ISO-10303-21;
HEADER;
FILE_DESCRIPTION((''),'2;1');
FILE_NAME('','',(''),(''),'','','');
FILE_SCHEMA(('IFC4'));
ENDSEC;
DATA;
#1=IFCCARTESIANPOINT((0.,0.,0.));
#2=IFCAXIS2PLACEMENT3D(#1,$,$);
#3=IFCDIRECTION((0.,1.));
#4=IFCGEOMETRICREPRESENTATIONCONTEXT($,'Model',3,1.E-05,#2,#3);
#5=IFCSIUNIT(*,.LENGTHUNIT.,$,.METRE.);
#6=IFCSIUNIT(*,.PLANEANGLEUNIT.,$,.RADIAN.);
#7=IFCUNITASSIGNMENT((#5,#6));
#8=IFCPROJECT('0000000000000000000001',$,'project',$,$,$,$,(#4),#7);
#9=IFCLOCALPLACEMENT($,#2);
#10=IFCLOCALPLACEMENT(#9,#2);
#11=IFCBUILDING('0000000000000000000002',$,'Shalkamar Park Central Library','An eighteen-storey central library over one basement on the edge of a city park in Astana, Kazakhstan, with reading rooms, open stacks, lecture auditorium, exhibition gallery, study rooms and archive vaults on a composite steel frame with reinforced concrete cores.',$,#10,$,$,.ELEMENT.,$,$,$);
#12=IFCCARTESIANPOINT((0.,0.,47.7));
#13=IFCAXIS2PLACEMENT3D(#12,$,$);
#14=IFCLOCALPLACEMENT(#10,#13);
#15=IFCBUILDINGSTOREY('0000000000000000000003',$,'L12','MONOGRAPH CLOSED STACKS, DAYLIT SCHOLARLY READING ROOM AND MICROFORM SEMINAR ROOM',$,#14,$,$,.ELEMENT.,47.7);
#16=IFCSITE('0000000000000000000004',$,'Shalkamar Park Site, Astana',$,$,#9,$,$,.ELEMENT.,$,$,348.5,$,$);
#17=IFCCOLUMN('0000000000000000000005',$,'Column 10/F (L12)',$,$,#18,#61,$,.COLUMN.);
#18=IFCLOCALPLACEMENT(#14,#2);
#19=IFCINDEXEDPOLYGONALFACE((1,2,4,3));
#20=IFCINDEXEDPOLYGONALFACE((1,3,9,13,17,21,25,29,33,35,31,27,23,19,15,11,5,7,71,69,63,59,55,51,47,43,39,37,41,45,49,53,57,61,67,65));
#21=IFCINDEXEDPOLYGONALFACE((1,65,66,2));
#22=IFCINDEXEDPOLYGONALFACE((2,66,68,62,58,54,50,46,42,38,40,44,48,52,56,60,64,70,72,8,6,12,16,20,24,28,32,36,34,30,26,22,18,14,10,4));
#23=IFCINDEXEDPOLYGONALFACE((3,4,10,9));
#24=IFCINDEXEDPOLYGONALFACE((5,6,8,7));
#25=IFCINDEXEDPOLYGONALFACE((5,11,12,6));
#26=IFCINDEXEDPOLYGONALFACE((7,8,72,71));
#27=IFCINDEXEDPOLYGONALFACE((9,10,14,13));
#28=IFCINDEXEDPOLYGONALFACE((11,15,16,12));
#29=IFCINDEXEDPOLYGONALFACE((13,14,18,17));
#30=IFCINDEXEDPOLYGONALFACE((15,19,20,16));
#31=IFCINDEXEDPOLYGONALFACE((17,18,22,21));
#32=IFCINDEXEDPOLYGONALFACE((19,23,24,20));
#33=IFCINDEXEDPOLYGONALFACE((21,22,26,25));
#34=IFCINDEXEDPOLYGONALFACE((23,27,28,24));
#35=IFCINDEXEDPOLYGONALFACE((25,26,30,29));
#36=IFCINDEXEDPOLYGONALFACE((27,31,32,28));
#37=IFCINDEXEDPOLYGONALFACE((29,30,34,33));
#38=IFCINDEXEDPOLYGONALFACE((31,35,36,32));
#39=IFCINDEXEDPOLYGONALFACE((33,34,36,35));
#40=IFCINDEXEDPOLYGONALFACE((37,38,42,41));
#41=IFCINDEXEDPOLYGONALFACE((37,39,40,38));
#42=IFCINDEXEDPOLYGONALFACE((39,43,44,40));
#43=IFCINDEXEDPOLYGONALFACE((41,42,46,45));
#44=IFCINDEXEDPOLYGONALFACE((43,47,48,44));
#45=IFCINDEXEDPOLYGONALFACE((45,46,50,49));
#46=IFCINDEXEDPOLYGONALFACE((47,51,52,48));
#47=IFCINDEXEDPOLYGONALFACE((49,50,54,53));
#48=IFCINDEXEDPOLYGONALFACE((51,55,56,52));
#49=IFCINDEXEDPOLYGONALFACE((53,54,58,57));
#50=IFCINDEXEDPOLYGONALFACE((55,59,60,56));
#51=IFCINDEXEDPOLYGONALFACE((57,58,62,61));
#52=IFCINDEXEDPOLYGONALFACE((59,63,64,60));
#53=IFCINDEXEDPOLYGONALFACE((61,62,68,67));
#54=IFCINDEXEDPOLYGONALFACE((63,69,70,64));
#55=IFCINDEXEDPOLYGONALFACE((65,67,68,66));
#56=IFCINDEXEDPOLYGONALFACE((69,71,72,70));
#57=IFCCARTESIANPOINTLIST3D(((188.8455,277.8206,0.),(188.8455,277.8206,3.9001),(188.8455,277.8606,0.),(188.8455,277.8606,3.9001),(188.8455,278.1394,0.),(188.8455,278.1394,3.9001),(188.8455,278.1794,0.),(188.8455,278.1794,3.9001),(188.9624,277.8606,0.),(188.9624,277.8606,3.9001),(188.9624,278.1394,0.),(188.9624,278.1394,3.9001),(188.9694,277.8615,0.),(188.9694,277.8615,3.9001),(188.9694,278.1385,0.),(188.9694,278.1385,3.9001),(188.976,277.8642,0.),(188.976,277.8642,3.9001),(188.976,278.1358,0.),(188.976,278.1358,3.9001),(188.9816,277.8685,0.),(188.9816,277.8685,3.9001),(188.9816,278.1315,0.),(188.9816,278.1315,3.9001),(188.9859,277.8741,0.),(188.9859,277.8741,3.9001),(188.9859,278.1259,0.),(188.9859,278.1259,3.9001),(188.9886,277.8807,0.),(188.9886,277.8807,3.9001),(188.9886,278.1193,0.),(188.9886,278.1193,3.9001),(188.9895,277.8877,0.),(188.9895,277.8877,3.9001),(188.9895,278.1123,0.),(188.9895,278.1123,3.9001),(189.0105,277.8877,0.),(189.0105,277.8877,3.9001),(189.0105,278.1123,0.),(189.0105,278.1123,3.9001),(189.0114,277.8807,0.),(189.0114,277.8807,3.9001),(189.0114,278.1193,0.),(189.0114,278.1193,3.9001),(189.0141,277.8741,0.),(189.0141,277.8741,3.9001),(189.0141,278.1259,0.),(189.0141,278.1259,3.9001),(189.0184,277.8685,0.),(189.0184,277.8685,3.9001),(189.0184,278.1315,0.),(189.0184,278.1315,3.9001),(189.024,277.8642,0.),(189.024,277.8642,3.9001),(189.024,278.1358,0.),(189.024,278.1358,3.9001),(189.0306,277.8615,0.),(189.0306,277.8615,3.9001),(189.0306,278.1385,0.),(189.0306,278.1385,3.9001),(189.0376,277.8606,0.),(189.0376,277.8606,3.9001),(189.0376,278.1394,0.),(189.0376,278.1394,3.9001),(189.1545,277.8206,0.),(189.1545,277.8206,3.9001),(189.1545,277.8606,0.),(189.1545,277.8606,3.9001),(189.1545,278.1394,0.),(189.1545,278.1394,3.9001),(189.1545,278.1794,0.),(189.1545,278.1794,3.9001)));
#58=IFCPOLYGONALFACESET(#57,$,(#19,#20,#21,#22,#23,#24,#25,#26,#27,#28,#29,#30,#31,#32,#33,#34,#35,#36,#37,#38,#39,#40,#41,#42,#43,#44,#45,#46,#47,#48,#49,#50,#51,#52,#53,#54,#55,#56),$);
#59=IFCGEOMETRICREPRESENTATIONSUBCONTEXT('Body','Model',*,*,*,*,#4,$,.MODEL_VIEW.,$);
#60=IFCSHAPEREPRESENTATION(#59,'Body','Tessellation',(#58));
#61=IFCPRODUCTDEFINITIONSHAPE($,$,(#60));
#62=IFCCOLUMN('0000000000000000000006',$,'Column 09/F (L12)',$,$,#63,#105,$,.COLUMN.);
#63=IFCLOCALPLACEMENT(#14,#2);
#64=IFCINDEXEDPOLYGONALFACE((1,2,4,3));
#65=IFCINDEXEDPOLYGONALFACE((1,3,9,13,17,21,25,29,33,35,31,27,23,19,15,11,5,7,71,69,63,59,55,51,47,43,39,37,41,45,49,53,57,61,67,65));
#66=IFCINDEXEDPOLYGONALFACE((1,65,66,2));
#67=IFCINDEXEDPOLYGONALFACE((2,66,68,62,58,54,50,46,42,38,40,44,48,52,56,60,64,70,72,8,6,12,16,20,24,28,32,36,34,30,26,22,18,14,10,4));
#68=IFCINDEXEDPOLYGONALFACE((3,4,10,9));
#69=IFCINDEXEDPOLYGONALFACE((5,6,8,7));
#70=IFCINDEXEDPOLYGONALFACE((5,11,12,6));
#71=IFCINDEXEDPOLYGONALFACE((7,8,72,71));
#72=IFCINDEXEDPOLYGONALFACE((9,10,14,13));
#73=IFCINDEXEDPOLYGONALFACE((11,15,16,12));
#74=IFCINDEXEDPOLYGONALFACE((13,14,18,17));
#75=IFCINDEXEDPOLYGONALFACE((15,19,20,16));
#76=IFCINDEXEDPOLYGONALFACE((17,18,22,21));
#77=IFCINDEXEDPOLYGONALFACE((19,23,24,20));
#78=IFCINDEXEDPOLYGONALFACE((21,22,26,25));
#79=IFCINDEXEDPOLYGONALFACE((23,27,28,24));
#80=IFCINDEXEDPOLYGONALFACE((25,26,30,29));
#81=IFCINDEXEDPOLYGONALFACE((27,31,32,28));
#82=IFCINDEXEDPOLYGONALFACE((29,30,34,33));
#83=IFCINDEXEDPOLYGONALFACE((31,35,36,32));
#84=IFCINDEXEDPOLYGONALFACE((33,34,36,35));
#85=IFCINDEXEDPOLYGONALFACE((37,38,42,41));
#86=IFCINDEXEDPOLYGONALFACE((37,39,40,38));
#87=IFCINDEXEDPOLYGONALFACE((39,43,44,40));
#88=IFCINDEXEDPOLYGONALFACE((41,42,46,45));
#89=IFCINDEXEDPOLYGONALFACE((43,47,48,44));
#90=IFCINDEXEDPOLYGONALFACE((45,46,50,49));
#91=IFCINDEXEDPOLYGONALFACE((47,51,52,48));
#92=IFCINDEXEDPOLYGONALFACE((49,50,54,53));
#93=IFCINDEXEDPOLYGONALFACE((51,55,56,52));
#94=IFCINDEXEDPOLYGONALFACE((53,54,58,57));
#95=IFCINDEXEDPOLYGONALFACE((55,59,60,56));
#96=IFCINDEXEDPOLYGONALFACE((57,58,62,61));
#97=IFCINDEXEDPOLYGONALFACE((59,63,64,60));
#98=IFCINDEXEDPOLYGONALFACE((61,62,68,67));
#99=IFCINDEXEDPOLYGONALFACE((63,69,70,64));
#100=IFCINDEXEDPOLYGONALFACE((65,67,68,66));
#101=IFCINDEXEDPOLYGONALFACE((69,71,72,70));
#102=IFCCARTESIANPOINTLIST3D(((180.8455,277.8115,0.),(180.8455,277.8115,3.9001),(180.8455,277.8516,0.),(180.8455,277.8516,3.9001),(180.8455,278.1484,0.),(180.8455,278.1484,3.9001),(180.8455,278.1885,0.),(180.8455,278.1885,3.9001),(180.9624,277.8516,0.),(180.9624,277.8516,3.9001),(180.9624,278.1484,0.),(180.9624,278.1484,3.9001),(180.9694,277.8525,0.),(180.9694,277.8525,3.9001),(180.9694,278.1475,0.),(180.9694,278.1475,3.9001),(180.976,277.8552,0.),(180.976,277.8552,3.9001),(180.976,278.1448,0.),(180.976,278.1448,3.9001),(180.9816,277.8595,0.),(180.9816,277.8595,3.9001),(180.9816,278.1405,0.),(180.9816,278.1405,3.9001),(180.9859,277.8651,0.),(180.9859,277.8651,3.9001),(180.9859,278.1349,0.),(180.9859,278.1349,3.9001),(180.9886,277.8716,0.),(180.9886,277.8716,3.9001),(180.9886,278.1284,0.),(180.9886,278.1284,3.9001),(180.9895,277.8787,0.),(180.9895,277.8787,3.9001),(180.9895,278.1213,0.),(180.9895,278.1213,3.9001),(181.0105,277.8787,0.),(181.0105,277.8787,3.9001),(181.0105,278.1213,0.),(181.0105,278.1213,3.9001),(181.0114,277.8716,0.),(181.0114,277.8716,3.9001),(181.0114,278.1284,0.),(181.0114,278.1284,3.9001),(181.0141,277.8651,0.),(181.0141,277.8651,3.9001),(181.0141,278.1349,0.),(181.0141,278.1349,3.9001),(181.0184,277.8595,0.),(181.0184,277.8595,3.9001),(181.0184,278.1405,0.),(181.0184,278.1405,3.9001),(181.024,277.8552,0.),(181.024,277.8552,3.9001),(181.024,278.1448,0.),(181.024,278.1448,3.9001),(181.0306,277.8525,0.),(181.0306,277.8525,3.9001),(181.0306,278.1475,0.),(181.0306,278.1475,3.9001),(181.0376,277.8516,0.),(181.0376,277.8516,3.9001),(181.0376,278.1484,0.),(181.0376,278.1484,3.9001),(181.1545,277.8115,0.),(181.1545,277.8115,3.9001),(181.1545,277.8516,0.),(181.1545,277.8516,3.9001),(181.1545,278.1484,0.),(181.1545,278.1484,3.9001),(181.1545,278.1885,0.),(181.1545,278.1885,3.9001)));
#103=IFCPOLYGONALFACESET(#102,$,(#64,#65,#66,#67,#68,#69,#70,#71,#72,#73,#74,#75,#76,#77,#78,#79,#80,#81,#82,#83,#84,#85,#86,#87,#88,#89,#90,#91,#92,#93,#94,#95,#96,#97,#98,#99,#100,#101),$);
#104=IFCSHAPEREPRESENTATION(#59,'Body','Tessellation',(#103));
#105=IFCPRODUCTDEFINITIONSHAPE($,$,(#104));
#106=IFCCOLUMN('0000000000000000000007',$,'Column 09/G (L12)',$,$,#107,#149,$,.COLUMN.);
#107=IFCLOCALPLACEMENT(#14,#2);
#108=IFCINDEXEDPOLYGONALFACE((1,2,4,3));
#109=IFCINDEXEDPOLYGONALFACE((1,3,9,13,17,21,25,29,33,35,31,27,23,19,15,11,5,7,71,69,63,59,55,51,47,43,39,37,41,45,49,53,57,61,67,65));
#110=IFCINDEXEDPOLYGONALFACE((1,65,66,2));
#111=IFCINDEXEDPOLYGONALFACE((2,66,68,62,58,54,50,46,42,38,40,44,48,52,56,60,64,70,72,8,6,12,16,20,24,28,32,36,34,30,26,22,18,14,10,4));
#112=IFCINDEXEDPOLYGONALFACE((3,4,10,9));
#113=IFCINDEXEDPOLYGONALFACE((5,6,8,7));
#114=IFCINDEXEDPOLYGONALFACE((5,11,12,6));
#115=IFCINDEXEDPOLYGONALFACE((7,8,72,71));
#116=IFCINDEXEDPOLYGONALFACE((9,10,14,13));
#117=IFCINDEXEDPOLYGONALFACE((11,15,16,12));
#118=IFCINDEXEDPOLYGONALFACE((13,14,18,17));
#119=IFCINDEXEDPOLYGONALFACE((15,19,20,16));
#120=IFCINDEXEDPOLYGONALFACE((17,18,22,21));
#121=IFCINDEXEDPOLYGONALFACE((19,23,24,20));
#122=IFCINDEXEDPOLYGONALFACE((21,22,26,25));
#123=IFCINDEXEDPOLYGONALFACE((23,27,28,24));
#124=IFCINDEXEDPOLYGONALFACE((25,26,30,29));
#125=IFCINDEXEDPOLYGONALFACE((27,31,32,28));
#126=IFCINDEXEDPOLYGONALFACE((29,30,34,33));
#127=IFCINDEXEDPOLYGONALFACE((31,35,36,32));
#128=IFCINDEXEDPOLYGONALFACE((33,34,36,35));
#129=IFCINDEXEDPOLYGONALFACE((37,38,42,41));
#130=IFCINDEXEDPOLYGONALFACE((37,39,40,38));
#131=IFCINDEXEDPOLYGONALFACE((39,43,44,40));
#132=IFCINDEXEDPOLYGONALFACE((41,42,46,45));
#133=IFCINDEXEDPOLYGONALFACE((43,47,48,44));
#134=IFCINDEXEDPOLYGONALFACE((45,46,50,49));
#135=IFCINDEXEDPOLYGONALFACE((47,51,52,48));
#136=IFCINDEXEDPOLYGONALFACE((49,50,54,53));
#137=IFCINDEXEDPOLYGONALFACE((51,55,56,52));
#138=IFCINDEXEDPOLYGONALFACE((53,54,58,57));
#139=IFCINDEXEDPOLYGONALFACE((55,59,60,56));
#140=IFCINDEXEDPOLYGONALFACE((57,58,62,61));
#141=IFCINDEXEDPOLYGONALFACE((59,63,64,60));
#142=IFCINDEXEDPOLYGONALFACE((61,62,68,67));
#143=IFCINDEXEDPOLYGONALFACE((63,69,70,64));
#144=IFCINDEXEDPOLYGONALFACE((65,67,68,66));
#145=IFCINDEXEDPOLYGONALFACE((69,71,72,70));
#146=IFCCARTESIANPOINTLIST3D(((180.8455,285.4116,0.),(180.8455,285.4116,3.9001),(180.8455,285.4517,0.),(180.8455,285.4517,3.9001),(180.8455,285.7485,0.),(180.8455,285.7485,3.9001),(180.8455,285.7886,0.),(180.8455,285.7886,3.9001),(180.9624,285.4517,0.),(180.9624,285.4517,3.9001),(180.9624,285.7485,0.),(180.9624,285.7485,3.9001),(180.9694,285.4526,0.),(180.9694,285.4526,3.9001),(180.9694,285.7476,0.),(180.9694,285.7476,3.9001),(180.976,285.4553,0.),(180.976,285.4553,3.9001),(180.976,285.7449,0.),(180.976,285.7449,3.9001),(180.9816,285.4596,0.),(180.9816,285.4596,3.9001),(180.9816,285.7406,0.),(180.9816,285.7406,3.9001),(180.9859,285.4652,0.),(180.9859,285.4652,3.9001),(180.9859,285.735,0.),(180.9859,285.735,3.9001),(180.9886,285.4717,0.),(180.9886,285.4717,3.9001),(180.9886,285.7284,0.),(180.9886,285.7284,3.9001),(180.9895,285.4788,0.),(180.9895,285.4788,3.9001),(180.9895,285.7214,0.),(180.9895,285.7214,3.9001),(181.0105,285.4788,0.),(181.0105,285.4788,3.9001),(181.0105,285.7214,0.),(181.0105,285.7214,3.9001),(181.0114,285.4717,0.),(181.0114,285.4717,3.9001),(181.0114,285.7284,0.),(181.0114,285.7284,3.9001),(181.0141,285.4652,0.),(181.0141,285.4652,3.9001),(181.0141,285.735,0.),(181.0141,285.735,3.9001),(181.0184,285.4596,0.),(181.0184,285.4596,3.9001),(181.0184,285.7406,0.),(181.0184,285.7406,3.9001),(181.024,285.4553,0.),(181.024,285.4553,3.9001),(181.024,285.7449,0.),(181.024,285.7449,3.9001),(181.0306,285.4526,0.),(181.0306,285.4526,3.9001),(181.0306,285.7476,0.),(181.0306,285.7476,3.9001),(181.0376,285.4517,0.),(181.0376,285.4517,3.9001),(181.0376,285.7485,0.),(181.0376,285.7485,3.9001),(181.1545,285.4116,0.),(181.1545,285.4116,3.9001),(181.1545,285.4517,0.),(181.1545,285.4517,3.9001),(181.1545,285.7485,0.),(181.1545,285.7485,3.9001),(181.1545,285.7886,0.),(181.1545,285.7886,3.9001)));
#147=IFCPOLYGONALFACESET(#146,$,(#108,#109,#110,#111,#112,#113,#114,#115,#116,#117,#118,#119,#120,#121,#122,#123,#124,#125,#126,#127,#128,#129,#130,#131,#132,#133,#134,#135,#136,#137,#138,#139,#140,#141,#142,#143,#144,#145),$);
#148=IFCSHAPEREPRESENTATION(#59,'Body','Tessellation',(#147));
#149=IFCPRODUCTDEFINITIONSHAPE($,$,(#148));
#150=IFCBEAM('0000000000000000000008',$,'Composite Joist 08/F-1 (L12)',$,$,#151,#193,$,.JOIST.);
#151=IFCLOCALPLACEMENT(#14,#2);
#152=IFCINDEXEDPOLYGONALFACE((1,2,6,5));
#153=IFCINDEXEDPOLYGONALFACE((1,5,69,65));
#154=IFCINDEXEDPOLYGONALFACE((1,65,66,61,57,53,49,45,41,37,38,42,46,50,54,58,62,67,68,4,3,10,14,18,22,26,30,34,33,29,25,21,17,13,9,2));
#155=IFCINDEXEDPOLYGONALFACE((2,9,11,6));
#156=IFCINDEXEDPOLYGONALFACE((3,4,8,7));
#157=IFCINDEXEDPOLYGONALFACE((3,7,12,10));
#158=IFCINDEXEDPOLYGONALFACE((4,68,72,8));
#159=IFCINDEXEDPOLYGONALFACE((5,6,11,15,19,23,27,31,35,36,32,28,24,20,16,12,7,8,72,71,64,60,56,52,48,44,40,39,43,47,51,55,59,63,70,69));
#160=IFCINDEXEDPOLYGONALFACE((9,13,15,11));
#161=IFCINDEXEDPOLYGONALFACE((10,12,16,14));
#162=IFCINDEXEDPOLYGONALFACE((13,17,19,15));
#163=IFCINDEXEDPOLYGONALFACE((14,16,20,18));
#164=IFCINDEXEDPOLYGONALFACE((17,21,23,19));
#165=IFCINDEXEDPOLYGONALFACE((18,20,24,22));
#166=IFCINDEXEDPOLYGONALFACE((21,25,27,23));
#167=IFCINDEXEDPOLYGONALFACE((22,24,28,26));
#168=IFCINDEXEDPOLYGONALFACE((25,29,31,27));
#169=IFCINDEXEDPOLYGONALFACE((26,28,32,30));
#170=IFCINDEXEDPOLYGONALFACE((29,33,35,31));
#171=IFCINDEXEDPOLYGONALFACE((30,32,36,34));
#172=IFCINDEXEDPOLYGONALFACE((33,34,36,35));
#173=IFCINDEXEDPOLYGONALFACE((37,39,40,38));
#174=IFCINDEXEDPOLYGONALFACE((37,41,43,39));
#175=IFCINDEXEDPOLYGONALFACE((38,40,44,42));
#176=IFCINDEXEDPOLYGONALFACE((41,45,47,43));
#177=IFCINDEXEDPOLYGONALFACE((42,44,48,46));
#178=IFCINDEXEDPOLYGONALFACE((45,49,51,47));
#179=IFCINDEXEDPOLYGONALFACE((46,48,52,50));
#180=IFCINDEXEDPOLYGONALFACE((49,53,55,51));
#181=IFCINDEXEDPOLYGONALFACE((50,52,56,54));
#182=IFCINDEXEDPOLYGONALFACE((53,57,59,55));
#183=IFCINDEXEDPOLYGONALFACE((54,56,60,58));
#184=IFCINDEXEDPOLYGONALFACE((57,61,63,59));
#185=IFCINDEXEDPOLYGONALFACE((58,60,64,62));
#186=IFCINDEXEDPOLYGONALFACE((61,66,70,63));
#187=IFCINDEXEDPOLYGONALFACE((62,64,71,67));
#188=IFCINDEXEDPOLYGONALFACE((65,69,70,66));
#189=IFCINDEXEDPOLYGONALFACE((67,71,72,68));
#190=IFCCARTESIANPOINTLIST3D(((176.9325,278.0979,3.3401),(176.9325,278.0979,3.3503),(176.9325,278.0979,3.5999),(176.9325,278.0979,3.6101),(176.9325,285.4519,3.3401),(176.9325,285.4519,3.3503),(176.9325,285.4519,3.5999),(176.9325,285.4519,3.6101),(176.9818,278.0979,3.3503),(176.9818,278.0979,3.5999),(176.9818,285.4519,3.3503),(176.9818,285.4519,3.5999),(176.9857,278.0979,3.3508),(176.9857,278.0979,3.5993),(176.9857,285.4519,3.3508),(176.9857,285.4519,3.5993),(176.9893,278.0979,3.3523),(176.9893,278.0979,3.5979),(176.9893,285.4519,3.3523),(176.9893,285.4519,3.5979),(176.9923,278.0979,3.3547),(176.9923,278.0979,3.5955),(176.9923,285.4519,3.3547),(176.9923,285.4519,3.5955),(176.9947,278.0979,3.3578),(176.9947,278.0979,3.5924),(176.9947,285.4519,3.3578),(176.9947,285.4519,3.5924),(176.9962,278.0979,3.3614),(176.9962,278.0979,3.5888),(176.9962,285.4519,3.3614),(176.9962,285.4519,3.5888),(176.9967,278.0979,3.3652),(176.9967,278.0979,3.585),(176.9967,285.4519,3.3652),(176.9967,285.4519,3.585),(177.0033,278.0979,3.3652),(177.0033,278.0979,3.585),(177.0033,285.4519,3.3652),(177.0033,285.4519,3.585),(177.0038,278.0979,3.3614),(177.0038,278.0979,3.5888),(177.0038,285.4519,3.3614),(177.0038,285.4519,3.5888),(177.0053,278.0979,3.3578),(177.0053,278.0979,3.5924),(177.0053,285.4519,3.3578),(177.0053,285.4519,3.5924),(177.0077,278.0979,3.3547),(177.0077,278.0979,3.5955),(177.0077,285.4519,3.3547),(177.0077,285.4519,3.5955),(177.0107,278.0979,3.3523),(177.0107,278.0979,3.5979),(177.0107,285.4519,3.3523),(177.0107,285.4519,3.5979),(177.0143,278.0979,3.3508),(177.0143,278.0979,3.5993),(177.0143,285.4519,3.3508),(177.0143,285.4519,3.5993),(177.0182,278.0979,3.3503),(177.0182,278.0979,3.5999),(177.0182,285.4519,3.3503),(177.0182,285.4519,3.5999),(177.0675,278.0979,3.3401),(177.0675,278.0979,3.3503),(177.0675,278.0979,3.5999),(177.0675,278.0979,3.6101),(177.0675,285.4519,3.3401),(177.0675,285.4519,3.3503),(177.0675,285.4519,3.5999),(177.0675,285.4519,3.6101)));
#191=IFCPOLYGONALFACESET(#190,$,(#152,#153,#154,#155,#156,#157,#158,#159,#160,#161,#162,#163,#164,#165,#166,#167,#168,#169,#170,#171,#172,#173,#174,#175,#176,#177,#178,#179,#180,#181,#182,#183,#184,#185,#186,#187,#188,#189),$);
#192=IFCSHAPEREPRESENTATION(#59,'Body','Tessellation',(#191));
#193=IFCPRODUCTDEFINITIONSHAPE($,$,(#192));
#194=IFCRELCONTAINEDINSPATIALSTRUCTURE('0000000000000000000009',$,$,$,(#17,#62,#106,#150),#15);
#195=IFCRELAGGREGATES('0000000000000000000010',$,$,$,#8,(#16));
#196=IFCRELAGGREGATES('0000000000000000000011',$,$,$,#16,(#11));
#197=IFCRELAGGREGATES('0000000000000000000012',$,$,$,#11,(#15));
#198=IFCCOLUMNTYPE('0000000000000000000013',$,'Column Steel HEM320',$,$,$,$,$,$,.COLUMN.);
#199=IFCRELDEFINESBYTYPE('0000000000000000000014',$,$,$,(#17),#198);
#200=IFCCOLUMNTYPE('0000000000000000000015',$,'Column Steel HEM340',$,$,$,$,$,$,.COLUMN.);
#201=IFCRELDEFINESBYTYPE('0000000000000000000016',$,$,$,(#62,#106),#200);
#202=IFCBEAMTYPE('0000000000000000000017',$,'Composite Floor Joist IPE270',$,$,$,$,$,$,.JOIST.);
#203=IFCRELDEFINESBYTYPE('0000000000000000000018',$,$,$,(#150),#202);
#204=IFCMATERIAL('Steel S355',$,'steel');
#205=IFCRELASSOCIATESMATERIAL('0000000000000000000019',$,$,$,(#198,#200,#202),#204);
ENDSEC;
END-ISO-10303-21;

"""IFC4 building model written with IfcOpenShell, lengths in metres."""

from ifc_helpers import new_model, si_unit, direction, frame, origin, origin_2d, place, context, subcontext, project, spatial, i_section, extrude, material, material_profile, profile_set, type_object, element, save


model = new_model("IFC4")

# Units and contexts
model_context = context("Model", 3, precision=1e-05, world=origin(), true_north=direction((0.0, 1.0)))
body_context = subcontext(model_context, "Body", "Model", "MODEL_VIEW")
ifc_project = project(units=[si_unit("LENGTHUNIT", "METRE"), si_unit("PLANEANGLEUNIT", "RADIAN")], contexts=[model_context])

# Site, building, storey
site_placement = place(None, origin())
site = spatial("IfcSite", under=ifc_project, at=site_placement, Name="Shalkamar Park Site, Astana", CompositionType="ELEMENT", RefElevation=348.5)
building_placement = place(site_placement, origin())
building = spatial("IfcBuilding", under=site, at=building_placement, Name="Shalkamar Park Central Library", Description="An eighteen-storey central library over one basement on the edge of a city park in Astana, Kazakhstan, with reading rooms, open stacks, lecture auditorium, exhibition gallery, study rooms and archive vaults on a composite steel frame with reinforced concrete cores.", CompositionType="ELEMENT")
storey_placement = place(building_placement, frame((0.0, 0.0, 47.7)))
storey = spatial("IfcBuildingStorey", under=building, at=storey_placement, Name="L12", Description="MONOGRAPH CLOSED STACKS, DAYLIT SCHOLARLY READING ROOM AND MICROFORM SEMINAR ROOM", CompositionType="ELEMENT", Elevation=47.7)

# Columns
ifc_material_1 = material(Name="Steel S355", Category="steel")
ifc_material_profile_1 = material_profile(ifc_material_1, i_section(OverallWidth=0.3091, OverallDepth=0.3589, WebThickness=0.021, FlangeThickness=0.04, FilletRadius=0.0271, at=origin_2d()), Name="HEM 320")
ifc_profile_set_1 = profile_set([ifc_material_profile_1], Name="Steel S355")
column_type_1 = type_object("IfcColumnType", Name="Column Steel HEM320", PredefinedType="COLUMN", material=ifc_profile_set_1)
column_placement = place(storey_placement, frame((189.0, 278.0, 0.0), z_axis=(0.0, 0.0, 1.0), x_axis=(1.0, 0.0, 0.0)))
element("IfcColumn", 1, at=column_placement, inside=storey, type_object=column_type_1, Name="Column 10/F (L12)", PredefinedType="COLUMN", context=body_context, shape_type="SweptSolid", body=[
    extrude(i_section(OverallWidth=0.3091, OverallDepth=0.3589, WebThickness=0.021, FlangeThickness=0.04, FilletRadius=0.0271, at=origin_2d()), origin(), (0.0, 0.0, 1.0), 3.9001),
])
ifc_material_profile_2 = material_profile(ifc_material_1, i_section(OverallWidth=0.3091, OverallDepth=0.377, WebThickness=0.021, FlangeThickness=0.04, FilletRadius=0.0271, at=origin_2d()), Name="HEM 340")
ifc_profile_set_2 = profile_set([ifc_material_profile_2], Name="Steel S355")
column_type_2 = type_object("IfcColumnType", Name="Column Steel HEM340", PredefinedType="COLUMN", material=ifc_profile_set_2)
for number, where, z_axis, x_axis, name in (
    (2, (181.0, 278.0, 0.0), (0.0, 0.0, 1.0), (1.0, 0.0, 0.0), "Column 09/F (L12)"),
    (3, (181.0, 285.6001, 0.0), (0.0, 0.0, 1.0), (1.0, 0.0, 0.0), "Column 09/G (L12)"),
):
    element("IfcColumn", number, at=place(storey_placement, frame(where, z_axis=z_axis, x_axis=x_axis)), inside=storey, type_object=column_type_2, Name=name, PredefinedType="COLUMN", context=body_context, shape_type="SweptSolid", body=[
        extrude(i_section(OverallWidth=0.3091, OverallDepth=0.377, WebThickness=0.021, FlangeThickness=0.04, FilletRadius=0.0271, at=origin_2d()), origin(), (0.0, 0.0, 1.0), 3.9001),
    ])

# Beam
ifc_material_profile_3 = material_profile(ifc_material_1, i_section(OverallWidth=0.135, OverallDepth=0.27, WebThickness=0.0066, FlangeThickness=0.0103, FilletRadius=0.0149, at=origin_2d()), Name="IPE 270")
ifc_profile_set_3 = profile_set([ifc_material_profile_3], Name="Steel S355")
beam_type_1 = type_object("IfcBeamType", Name="Composite Floor Joist IPE270", PredefinedType="JOIST", material=ifc_profile_set_3)
beam_1_placement = place(storey_placement, frame((177.0, 278.0979, 3.4751), z_axis=(0.0, 1.0, 0.0), x_axis=(-1.0, 0.0, 0.0)))
element("IfcBeam", 4, at=beam_1_placement, inside=storey, type_object=beam_type_1, Name="Composite Joist 08/F-1 (L12)", PredefinedType="JOIST", context=body_context, shape_type="SweptSolid", body=[
    extrude(i_section(OverallWidth=0.135, OverallDepth=0.27, WebThickness=0.0066, FlangeThickness=0.0103, FilletRadius=0.0149, at=origin_2d()), origin(), (0.0, 0.0, 1.0), 7.354),
])

save(model, "model.ifc")
